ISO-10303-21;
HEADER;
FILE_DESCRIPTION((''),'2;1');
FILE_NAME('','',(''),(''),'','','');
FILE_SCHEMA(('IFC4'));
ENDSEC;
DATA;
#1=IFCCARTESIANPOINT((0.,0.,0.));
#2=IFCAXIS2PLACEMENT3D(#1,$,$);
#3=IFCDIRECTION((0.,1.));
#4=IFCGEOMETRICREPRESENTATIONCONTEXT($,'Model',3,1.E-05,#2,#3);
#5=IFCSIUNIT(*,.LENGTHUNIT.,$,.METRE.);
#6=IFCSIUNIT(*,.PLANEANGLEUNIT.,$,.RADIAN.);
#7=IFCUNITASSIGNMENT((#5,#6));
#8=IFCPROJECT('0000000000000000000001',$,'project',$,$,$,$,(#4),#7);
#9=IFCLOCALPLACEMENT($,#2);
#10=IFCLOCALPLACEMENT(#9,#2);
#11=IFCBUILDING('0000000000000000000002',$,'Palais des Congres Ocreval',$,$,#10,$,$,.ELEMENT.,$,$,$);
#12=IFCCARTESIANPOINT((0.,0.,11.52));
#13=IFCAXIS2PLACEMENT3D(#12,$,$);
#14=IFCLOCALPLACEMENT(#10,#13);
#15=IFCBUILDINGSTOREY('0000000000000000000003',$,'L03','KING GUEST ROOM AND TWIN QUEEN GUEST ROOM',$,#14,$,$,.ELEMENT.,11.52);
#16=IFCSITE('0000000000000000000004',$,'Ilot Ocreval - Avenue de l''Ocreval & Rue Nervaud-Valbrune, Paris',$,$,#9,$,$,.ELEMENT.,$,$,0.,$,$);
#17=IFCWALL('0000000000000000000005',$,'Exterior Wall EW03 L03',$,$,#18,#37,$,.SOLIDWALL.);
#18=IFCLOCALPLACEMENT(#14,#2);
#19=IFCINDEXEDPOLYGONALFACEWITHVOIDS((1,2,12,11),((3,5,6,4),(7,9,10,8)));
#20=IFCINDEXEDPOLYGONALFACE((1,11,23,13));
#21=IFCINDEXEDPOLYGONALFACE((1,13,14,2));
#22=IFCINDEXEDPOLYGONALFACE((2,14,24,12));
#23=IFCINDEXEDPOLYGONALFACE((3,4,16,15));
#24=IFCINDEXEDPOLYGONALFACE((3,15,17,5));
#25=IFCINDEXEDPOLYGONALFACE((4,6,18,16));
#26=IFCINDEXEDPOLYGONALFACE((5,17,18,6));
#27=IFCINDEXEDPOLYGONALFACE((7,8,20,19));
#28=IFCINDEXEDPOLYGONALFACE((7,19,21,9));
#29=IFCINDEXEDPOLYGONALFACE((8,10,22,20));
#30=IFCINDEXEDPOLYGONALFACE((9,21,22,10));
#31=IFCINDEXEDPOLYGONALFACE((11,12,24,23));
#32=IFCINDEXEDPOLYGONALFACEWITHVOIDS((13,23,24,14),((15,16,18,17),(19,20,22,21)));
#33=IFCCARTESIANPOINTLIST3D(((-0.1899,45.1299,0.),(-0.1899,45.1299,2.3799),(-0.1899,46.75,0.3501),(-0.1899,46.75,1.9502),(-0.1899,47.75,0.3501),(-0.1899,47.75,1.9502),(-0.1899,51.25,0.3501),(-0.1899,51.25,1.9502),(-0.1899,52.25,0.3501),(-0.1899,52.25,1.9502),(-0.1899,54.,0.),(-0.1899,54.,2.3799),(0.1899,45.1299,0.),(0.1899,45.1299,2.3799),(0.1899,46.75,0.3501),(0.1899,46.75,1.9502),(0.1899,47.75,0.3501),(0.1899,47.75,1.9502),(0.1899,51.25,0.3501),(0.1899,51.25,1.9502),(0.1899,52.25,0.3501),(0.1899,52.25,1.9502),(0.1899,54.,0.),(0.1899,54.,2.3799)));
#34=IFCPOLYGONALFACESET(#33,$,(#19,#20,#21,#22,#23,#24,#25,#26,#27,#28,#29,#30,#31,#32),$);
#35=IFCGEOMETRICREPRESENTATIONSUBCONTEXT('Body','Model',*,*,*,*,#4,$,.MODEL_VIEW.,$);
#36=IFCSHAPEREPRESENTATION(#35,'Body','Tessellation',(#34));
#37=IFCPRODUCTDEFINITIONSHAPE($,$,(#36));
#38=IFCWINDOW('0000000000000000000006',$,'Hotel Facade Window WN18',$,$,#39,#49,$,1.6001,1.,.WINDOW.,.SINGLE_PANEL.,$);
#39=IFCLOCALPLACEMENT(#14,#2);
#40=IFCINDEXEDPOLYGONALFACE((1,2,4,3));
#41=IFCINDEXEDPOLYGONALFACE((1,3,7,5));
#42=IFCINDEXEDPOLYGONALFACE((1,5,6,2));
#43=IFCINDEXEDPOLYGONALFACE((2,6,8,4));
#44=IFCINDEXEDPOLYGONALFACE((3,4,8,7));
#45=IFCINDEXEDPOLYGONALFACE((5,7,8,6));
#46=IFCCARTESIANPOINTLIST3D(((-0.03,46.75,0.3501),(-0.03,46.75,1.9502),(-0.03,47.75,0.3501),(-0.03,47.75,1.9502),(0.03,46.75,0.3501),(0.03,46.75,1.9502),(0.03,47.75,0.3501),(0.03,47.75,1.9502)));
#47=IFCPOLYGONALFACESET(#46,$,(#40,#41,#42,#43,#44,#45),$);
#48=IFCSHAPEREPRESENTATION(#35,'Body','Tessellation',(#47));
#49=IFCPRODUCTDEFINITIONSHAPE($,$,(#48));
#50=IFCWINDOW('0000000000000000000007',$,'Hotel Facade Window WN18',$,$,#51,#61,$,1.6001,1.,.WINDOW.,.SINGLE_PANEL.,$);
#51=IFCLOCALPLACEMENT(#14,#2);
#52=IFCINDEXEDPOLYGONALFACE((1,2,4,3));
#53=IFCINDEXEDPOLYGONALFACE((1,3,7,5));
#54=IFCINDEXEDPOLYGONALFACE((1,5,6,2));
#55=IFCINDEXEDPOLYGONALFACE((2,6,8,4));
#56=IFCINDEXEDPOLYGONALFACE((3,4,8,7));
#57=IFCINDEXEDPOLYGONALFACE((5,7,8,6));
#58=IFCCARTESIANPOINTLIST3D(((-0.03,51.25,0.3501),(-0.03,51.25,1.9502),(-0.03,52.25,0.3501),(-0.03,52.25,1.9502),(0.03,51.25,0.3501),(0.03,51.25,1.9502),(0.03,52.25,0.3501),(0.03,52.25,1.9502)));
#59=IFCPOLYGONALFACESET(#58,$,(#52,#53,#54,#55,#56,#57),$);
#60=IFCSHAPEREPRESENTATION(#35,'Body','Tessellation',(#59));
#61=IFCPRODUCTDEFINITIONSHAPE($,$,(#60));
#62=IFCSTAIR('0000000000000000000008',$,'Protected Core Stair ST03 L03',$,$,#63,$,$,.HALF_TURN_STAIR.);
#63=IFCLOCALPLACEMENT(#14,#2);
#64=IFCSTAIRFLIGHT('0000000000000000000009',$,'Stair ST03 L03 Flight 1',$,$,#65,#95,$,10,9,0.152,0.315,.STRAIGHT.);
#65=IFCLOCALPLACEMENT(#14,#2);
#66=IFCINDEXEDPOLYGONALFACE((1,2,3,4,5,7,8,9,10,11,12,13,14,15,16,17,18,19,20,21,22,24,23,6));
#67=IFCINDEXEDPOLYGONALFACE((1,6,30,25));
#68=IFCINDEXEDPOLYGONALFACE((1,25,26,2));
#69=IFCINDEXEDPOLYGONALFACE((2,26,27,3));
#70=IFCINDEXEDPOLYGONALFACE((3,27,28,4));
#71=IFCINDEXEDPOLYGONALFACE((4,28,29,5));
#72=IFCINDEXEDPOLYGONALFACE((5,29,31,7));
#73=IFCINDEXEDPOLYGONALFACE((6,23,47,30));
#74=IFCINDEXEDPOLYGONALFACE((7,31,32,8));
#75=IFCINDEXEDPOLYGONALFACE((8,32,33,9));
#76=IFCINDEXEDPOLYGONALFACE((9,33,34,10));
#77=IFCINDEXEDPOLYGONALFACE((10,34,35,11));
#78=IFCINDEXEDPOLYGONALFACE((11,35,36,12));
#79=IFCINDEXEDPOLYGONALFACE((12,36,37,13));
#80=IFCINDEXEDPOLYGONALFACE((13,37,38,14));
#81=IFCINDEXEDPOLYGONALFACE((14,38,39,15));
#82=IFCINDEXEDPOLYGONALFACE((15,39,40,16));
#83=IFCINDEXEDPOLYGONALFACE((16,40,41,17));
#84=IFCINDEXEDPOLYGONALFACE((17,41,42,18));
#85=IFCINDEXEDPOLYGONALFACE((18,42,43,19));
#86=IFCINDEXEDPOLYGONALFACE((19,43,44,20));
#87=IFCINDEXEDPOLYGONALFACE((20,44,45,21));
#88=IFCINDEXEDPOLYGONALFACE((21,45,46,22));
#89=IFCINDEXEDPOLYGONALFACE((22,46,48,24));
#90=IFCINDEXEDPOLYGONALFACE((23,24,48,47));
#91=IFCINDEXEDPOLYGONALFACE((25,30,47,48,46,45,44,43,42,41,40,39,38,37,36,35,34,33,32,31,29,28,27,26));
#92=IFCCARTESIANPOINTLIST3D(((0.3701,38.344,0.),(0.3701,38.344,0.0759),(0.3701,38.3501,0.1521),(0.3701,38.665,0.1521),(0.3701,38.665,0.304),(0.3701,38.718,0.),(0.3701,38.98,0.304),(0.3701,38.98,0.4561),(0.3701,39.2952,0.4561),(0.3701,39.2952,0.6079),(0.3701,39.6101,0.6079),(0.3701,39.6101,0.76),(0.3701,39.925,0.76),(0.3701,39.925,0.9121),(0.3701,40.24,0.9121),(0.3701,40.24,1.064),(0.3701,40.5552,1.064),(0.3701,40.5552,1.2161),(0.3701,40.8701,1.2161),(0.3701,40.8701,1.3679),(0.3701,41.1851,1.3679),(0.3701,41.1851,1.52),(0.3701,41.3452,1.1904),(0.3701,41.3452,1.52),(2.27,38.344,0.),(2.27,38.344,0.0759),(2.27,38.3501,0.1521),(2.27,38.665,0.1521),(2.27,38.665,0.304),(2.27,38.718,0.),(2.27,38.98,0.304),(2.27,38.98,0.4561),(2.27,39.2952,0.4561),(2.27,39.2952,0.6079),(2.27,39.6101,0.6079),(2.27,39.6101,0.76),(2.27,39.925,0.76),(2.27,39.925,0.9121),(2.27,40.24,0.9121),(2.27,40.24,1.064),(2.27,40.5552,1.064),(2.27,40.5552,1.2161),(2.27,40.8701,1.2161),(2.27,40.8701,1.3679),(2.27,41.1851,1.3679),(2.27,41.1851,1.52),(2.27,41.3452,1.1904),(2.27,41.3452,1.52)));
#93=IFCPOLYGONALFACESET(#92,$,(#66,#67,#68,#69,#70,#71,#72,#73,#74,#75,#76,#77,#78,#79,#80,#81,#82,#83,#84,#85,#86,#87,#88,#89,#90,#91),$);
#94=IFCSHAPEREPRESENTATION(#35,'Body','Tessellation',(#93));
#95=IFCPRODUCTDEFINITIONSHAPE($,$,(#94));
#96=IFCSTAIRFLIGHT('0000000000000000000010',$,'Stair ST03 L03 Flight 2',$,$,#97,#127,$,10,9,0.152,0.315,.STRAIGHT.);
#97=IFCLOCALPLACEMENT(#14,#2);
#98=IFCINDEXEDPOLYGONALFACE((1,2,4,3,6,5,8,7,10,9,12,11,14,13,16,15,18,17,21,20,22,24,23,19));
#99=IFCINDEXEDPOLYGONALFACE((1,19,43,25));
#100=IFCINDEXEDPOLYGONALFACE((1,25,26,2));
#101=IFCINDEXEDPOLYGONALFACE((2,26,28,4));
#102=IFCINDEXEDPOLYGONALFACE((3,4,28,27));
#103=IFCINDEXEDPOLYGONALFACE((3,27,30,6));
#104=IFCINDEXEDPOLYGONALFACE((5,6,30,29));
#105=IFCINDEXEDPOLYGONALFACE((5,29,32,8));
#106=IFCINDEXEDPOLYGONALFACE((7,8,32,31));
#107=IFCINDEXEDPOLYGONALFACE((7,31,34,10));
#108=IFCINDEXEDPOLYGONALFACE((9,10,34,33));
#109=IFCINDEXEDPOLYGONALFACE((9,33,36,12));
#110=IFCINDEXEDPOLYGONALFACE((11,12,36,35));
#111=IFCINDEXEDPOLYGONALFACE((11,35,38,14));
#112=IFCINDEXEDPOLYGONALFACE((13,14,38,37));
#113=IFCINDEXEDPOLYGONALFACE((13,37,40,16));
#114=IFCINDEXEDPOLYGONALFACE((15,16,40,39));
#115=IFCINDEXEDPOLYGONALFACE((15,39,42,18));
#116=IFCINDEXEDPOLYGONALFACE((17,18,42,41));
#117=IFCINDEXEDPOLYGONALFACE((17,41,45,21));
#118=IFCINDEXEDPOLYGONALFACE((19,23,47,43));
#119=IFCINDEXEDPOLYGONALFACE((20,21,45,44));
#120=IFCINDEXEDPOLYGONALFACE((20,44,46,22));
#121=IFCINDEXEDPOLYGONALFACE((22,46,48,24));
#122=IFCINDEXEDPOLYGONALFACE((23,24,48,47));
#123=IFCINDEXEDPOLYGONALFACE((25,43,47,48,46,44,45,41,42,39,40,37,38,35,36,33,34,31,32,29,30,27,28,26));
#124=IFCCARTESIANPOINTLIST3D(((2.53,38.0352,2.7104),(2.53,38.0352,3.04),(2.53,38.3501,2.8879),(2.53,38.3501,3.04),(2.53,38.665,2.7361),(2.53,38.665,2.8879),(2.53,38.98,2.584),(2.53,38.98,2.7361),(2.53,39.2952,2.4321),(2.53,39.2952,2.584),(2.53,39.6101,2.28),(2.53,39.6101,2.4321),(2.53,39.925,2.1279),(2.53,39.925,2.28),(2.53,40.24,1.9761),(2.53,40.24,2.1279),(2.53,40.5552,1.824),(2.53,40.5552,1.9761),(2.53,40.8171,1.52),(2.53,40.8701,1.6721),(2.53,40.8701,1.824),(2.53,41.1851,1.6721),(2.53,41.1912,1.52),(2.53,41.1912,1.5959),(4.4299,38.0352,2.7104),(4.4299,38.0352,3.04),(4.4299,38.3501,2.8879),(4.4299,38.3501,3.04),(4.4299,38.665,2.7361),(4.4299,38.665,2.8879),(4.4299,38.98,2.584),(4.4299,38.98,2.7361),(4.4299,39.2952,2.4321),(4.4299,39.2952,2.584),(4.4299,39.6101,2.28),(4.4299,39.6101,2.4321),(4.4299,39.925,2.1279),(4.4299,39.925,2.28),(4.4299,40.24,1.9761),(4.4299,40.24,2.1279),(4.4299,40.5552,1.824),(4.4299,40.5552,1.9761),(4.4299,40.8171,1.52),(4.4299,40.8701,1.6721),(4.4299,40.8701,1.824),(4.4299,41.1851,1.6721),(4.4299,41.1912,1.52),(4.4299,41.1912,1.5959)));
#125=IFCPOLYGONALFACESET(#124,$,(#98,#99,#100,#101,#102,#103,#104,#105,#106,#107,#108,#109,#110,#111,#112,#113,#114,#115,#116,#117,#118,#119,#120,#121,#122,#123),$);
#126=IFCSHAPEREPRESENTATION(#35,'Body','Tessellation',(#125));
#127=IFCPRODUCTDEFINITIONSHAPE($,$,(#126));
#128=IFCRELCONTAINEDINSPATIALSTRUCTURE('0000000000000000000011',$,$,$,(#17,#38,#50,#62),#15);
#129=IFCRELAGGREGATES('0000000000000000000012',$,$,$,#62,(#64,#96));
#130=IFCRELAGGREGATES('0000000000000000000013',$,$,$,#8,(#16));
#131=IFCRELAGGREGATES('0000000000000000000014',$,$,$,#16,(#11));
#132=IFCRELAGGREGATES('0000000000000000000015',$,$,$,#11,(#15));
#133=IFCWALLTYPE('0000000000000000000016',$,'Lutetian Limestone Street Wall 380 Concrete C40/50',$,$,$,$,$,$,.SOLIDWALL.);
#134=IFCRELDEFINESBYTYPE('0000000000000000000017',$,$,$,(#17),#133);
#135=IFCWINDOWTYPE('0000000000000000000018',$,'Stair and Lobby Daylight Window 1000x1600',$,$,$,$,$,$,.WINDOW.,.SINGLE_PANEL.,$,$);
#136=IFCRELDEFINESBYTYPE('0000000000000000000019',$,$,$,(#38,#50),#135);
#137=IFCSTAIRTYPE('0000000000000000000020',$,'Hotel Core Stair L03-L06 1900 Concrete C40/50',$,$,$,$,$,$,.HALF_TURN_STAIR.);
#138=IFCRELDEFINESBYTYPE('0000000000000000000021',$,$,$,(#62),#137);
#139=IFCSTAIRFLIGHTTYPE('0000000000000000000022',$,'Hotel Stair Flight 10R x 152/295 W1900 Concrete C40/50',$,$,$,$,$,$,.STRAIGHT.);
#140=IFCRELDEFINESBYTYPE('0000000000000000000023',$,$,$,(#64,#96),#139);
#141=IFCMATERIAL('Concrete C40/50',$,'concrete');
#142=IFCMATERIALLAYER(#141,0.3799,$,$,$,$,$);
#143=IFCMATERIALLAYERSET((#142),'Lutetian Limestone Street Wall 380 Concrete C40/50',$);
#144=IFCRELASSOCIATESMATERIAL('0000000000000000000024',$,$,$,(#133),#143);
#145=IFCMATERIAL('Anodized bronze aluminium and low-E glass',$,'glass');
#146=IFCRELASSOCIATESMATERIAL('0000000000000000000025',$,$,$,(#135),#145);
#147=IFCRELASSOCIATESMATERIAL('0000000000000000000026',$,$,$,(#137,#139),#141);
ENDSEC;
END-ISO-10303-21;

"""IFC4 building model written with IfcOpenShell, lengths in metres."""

from ifc_helpers import new_model, si_unit, direction, frame, frame_2d, origin, place, context, subcontext, project, spatial, polyline, rectangle, outline, extrude, material, layer, layer_set, type_object, element, fill, aggregate, save


model = new_model("IFC4")

# Units and contexts
model_context = context("Model", 3, precision=1e-05, world=origin(), true_north=direction((0.0, 1.0)))
body_context = subcontext(model_context, "Body", "Model", "MODEL_VIEW")
ifc_project = project(units=[si_unit("LENGTHUNIT", "METRE"), si_unit("PLANEANGLEUNIT", "RADIAN")], contexts=[model_context])

# Site, building, storey
site_placement = place(None, origin())
site = spatial("IfcSite", under=ifc_project, at=site_placement, Name="Ilot Ocreval - Avenue de l'Ocreval & Rue Nervaud-Valbrune, Paris", CompositionType="ELEMENT", RefElevation=0.0)
building_placement = place(site_placement, origin())
building = spatial("IfcBuilding", under=site, at=building_placement, Name="Palais des Congres Ocreval", CompositionType="ELEMENT")
storey_placement = place(building_placement, frame((0.0, 0.0, 11.52)))
storey = spatial("IfcBuildingStorey", under=building, at=storey_placement, Name="L03", Description="KING GUEST ROOM AND TWIN QUEEN GUEST ROOM", CompositionType="ELEMENT", Elevation=11.52)

# Shared definitions
ifc_material_1 = material(Name="Concrete C40/50", Category="concrete")

# Wall, openings, windows
ifc_layer_1 = layer(ifc_material_1, 0.3799)
ifc_layer_set_1 = layer_set([ifc_layer_1], Name="Lutetian Limestone Street Wall 380 Concrete C40/50")
wall_type_1 = type_object("IfcWallType", Name="Lutetian Limestone Street Wall 380 Concrete C40/50", PredefinedType="SOLIDWALL", material=ifc_layer_set_1)
wall_1_placement = place(storey_placement, frame((0.0, 45.1299, 0.0), z_axis=(0.0, 0.0, 1.0), x_axis=(0.0, 1.0, 0.0)))
wall_1 = element("IfcWall", 1, at=wall_1_placement, inside=storey, type_object=wall_type_1, Name="Exterior Wall EW03 L03", PredefinedType="SOLIDWALL", context=body_context, shape_type="SweptSolid", body=[
    extrude(rectangle(XDim=8.8701, YDim=0.3799, at=frame_2d((4.4351, 0.0))), origin(), (0.0, 0.0, 1.0), 2.3799),
])
opening_1_placement = place(wall_1_placement, frame((1.6201, 0.0, 0.3501)))
opening_1 = element("IfcOpeningElement", 2, at=opening_1_placement, cuts=wall_1, PredefinedType="OPENING", context=body_context, shape_type="SweptSolid", body=[
    extrude(rectangle(XDim=1.0, YDim=1.6001, at=frame_2d((0.5, 0.8))), frame((0.0, 0.2, 0.0), z_axis=(0.0, -1.0, 0.0), x_axis=(1.0, 0.0, 0.0)), (0.0, 0.0, 1.0), 0.3999),
])
opening_2_placement = place(wall_1_placement, frame((6.1201, 0.0, 0.3501)))
opening_2 = element("IfcOpeningElement", 3, at=opening_2_placement, cuts=wall_1, PredefinedType="OPENING", context=body_context, shape_type="SweptSolid", body=[
    extrude(rectangle(XDim=1.0, YDim=1.6001, at=frame_2d((0.5, 0.8))), frame((0.0, 0.2, 0.0), z_axis=(0.0, -1.0, 0.0), x_axis=(1.0, 0.0, 0.0)), (0.0, 0.0, 1.0), 0.3999),
])
ifc_material_2 = material(Name="Anodized bronze aluminium and low-E glass", Category="glass")
window_type = type_object("IfcWindowType", Name="Stair and Lobby Daylight Window 1000x1600", PartitioningType="SINGLE_PANEL", PredefinedType="WINDOW", material=ifc_material_2)
window_1_placement = place(opening_1_placement, origin())
window_1 = element("IfcWindow", 4, at=window_1_placement, inside=storey, type_object=window_type, Name="Hotel Facade Window WN18", OverallHeight=1.6001, OverallWidth=1.0, PartitioningType="SINGLE_PANEL", PredefinedType="WINDOW", context=body_context, shape_type="SweptSolid", body=[
    extrude(rectangle(XDim=1.0, YDim=1.6001, at=frame_2d((0.5, 0.8))), frame((0.0, 0.03, 0.0), z_axis=(0.0, -1.0, 0.0), x_axis=(1.0, 0.0, 0.0)), (0.0, 0.0, 1.0), 0.0601),
])
fill(opening_1, window_1)
window_2_placement = place(opening_2_placement, origin())
window_2 = element("IfcWindow", 5, at=window_2_placement, inside=storey, type_object=window_type, Name="Hotel Facade Window WN18", OverallHeight=1.6001, OverallWidth=1.0, PartitioningType="SINGLE_PANEL", PredefinedType="WINDOW", context=body_context, shape_type="SweptSolid", body=[
    extrude(rectangle(XDim=1.0, YDim=1.6001, at=frame_2d((0.5, 0.8))), frame((0.0, 0.03, 0.0), z_axis=(0.0, -1.0, 0.0), x_axis=(1.0, 0.0, 0.0)), (0.0, 0.0, 1.0), 0.0601),
])
fill(opening_2, window_2)

# Stair, stair flights
stair_type = type_object("IfcStairType", Name="Hotel Core Stair L03-L06 1900 Concrete C40/50", PredefinedType="HALF_TURN_STAIR", material=ifc_material_1)
stair_placement = place(storey_placement, origin())
stair = element("IfcStair", 6, at=stair_placement, inside=storey, type_object=stair_type, Name="Protected Core Stair ST03 L03", PredefinedType="HALF_TURN_STAIR")
stair_flight_type = type_object("IfcStairFlightType", Name="Hotel Stair Flight 10R x 152/295 W1900 Concrete C40/50", PredefinedType="STRAIGHT", material=ifc_material_1)
stair_flight_1_placement = place(storey_placement, frame((1.3201, 38.3501, 0.0), z_axis=(0.0, 0.0, 1.0), x_axis=(0.0, 1.0, 0.0)))
stair_flight_1 = element("IfcStairFlight", 7, at=stair_flight_1_placement, type_object=stair_flight_type, Name="Stair ST03 L03 Flight 1", NumberOfRisers=10, NumberOfTreads=9, PredefinedType="STRAIGHT", RiserHeight=0.152, TreadLength=0.315, context=body_context, shape_type="SweptSolid", body=[
    extrude(outline(polyline([(-0.0061, 0.0), (-0.0061, 0.0759), (0.0, 0.1521), (0.3149, 0.1521), (0.3149, 0.304), (0.6299, 0.304), (0.6299, 0.4561), (0.9451, 0.4561), (0.9451, 0.6079), (1.26, 0.6079), (1.26, 0.76), (1.575, 0.76), (1.575, 0.9121), (1.8899, 0.9121), (1.8899, 1.064), (2.2051, 1.064), (2.2051, 1.2161), (2.52, 1.2161), (2.52, 1.3679), (2.835, 1.3679), (2.835, 1.52), (2.9951, 1.52), (2.9951, 1.1904), (0.3679, 0.0), (-0.0061, 0.0)])), frame((0.0, 0.95, 0.0), z_axis=(0.0, -1.0, 0.0), x_axis=(1.0, 0.0, 0.0)), (0.0, 0.0, 1.0), 1.8999),
])
stair_flight_2_placement = place(storey_placement, frame((3.48, 41.1851, 1.52), z_axis=(0.0, 0.0, 1.0), x_axis=(0.0, -1.0, 0.0)))
stair_flight_2 = element("IfcStairFlight", 8, at=stair_flight_2_placement, type_object=stair_flight_type, Name="Stair ST03 L03 Flight 2", NumberOfRisers=10, NumberOfTreads=9, PredefinedType="STRAIGHT", RiserHeight=0.152, TreadLength=0.315, context=body_context, shape_type="SweptSolid", body=[
    extrude(outline(polyline([(-0.0061, 0.0), (-0.0061, 0.0759), (0.0, 0.1521), (0.3149, 0.1521), (0.3149, 0.304), (0.6299, 0.304), (0.6299, 0.4561), (0.9451, 0.4561), (0.9451, 0.6079), (1.26, 0.6079), (1.26, 0.76), (1.575, 0.76), (1.575, 0.9121), (1.8899, 0.9121), (1.8899, 1.064), (2.2051, 1.064), (2.2051, 1.2161), (2.52, 1.2161), (2.52, 1.3679), (2.835, 1.3679), (2.835, 1.52), (3.1499, 1.52), (3.1499, 1.1904), (0.3679, 0.0), (-0.0061, 0.0)])), frame((0.0, 0.95, 0.0), z_axis=(0.0, -1.0, 0.0), x_axis=(1.0, 0.0, 0.0)), (0.0, 0.0, 1.0), 1.8999),
])
aggregate(stair, [stair_flight_1, stair_flight_2])

save(model, "model.ifc")
